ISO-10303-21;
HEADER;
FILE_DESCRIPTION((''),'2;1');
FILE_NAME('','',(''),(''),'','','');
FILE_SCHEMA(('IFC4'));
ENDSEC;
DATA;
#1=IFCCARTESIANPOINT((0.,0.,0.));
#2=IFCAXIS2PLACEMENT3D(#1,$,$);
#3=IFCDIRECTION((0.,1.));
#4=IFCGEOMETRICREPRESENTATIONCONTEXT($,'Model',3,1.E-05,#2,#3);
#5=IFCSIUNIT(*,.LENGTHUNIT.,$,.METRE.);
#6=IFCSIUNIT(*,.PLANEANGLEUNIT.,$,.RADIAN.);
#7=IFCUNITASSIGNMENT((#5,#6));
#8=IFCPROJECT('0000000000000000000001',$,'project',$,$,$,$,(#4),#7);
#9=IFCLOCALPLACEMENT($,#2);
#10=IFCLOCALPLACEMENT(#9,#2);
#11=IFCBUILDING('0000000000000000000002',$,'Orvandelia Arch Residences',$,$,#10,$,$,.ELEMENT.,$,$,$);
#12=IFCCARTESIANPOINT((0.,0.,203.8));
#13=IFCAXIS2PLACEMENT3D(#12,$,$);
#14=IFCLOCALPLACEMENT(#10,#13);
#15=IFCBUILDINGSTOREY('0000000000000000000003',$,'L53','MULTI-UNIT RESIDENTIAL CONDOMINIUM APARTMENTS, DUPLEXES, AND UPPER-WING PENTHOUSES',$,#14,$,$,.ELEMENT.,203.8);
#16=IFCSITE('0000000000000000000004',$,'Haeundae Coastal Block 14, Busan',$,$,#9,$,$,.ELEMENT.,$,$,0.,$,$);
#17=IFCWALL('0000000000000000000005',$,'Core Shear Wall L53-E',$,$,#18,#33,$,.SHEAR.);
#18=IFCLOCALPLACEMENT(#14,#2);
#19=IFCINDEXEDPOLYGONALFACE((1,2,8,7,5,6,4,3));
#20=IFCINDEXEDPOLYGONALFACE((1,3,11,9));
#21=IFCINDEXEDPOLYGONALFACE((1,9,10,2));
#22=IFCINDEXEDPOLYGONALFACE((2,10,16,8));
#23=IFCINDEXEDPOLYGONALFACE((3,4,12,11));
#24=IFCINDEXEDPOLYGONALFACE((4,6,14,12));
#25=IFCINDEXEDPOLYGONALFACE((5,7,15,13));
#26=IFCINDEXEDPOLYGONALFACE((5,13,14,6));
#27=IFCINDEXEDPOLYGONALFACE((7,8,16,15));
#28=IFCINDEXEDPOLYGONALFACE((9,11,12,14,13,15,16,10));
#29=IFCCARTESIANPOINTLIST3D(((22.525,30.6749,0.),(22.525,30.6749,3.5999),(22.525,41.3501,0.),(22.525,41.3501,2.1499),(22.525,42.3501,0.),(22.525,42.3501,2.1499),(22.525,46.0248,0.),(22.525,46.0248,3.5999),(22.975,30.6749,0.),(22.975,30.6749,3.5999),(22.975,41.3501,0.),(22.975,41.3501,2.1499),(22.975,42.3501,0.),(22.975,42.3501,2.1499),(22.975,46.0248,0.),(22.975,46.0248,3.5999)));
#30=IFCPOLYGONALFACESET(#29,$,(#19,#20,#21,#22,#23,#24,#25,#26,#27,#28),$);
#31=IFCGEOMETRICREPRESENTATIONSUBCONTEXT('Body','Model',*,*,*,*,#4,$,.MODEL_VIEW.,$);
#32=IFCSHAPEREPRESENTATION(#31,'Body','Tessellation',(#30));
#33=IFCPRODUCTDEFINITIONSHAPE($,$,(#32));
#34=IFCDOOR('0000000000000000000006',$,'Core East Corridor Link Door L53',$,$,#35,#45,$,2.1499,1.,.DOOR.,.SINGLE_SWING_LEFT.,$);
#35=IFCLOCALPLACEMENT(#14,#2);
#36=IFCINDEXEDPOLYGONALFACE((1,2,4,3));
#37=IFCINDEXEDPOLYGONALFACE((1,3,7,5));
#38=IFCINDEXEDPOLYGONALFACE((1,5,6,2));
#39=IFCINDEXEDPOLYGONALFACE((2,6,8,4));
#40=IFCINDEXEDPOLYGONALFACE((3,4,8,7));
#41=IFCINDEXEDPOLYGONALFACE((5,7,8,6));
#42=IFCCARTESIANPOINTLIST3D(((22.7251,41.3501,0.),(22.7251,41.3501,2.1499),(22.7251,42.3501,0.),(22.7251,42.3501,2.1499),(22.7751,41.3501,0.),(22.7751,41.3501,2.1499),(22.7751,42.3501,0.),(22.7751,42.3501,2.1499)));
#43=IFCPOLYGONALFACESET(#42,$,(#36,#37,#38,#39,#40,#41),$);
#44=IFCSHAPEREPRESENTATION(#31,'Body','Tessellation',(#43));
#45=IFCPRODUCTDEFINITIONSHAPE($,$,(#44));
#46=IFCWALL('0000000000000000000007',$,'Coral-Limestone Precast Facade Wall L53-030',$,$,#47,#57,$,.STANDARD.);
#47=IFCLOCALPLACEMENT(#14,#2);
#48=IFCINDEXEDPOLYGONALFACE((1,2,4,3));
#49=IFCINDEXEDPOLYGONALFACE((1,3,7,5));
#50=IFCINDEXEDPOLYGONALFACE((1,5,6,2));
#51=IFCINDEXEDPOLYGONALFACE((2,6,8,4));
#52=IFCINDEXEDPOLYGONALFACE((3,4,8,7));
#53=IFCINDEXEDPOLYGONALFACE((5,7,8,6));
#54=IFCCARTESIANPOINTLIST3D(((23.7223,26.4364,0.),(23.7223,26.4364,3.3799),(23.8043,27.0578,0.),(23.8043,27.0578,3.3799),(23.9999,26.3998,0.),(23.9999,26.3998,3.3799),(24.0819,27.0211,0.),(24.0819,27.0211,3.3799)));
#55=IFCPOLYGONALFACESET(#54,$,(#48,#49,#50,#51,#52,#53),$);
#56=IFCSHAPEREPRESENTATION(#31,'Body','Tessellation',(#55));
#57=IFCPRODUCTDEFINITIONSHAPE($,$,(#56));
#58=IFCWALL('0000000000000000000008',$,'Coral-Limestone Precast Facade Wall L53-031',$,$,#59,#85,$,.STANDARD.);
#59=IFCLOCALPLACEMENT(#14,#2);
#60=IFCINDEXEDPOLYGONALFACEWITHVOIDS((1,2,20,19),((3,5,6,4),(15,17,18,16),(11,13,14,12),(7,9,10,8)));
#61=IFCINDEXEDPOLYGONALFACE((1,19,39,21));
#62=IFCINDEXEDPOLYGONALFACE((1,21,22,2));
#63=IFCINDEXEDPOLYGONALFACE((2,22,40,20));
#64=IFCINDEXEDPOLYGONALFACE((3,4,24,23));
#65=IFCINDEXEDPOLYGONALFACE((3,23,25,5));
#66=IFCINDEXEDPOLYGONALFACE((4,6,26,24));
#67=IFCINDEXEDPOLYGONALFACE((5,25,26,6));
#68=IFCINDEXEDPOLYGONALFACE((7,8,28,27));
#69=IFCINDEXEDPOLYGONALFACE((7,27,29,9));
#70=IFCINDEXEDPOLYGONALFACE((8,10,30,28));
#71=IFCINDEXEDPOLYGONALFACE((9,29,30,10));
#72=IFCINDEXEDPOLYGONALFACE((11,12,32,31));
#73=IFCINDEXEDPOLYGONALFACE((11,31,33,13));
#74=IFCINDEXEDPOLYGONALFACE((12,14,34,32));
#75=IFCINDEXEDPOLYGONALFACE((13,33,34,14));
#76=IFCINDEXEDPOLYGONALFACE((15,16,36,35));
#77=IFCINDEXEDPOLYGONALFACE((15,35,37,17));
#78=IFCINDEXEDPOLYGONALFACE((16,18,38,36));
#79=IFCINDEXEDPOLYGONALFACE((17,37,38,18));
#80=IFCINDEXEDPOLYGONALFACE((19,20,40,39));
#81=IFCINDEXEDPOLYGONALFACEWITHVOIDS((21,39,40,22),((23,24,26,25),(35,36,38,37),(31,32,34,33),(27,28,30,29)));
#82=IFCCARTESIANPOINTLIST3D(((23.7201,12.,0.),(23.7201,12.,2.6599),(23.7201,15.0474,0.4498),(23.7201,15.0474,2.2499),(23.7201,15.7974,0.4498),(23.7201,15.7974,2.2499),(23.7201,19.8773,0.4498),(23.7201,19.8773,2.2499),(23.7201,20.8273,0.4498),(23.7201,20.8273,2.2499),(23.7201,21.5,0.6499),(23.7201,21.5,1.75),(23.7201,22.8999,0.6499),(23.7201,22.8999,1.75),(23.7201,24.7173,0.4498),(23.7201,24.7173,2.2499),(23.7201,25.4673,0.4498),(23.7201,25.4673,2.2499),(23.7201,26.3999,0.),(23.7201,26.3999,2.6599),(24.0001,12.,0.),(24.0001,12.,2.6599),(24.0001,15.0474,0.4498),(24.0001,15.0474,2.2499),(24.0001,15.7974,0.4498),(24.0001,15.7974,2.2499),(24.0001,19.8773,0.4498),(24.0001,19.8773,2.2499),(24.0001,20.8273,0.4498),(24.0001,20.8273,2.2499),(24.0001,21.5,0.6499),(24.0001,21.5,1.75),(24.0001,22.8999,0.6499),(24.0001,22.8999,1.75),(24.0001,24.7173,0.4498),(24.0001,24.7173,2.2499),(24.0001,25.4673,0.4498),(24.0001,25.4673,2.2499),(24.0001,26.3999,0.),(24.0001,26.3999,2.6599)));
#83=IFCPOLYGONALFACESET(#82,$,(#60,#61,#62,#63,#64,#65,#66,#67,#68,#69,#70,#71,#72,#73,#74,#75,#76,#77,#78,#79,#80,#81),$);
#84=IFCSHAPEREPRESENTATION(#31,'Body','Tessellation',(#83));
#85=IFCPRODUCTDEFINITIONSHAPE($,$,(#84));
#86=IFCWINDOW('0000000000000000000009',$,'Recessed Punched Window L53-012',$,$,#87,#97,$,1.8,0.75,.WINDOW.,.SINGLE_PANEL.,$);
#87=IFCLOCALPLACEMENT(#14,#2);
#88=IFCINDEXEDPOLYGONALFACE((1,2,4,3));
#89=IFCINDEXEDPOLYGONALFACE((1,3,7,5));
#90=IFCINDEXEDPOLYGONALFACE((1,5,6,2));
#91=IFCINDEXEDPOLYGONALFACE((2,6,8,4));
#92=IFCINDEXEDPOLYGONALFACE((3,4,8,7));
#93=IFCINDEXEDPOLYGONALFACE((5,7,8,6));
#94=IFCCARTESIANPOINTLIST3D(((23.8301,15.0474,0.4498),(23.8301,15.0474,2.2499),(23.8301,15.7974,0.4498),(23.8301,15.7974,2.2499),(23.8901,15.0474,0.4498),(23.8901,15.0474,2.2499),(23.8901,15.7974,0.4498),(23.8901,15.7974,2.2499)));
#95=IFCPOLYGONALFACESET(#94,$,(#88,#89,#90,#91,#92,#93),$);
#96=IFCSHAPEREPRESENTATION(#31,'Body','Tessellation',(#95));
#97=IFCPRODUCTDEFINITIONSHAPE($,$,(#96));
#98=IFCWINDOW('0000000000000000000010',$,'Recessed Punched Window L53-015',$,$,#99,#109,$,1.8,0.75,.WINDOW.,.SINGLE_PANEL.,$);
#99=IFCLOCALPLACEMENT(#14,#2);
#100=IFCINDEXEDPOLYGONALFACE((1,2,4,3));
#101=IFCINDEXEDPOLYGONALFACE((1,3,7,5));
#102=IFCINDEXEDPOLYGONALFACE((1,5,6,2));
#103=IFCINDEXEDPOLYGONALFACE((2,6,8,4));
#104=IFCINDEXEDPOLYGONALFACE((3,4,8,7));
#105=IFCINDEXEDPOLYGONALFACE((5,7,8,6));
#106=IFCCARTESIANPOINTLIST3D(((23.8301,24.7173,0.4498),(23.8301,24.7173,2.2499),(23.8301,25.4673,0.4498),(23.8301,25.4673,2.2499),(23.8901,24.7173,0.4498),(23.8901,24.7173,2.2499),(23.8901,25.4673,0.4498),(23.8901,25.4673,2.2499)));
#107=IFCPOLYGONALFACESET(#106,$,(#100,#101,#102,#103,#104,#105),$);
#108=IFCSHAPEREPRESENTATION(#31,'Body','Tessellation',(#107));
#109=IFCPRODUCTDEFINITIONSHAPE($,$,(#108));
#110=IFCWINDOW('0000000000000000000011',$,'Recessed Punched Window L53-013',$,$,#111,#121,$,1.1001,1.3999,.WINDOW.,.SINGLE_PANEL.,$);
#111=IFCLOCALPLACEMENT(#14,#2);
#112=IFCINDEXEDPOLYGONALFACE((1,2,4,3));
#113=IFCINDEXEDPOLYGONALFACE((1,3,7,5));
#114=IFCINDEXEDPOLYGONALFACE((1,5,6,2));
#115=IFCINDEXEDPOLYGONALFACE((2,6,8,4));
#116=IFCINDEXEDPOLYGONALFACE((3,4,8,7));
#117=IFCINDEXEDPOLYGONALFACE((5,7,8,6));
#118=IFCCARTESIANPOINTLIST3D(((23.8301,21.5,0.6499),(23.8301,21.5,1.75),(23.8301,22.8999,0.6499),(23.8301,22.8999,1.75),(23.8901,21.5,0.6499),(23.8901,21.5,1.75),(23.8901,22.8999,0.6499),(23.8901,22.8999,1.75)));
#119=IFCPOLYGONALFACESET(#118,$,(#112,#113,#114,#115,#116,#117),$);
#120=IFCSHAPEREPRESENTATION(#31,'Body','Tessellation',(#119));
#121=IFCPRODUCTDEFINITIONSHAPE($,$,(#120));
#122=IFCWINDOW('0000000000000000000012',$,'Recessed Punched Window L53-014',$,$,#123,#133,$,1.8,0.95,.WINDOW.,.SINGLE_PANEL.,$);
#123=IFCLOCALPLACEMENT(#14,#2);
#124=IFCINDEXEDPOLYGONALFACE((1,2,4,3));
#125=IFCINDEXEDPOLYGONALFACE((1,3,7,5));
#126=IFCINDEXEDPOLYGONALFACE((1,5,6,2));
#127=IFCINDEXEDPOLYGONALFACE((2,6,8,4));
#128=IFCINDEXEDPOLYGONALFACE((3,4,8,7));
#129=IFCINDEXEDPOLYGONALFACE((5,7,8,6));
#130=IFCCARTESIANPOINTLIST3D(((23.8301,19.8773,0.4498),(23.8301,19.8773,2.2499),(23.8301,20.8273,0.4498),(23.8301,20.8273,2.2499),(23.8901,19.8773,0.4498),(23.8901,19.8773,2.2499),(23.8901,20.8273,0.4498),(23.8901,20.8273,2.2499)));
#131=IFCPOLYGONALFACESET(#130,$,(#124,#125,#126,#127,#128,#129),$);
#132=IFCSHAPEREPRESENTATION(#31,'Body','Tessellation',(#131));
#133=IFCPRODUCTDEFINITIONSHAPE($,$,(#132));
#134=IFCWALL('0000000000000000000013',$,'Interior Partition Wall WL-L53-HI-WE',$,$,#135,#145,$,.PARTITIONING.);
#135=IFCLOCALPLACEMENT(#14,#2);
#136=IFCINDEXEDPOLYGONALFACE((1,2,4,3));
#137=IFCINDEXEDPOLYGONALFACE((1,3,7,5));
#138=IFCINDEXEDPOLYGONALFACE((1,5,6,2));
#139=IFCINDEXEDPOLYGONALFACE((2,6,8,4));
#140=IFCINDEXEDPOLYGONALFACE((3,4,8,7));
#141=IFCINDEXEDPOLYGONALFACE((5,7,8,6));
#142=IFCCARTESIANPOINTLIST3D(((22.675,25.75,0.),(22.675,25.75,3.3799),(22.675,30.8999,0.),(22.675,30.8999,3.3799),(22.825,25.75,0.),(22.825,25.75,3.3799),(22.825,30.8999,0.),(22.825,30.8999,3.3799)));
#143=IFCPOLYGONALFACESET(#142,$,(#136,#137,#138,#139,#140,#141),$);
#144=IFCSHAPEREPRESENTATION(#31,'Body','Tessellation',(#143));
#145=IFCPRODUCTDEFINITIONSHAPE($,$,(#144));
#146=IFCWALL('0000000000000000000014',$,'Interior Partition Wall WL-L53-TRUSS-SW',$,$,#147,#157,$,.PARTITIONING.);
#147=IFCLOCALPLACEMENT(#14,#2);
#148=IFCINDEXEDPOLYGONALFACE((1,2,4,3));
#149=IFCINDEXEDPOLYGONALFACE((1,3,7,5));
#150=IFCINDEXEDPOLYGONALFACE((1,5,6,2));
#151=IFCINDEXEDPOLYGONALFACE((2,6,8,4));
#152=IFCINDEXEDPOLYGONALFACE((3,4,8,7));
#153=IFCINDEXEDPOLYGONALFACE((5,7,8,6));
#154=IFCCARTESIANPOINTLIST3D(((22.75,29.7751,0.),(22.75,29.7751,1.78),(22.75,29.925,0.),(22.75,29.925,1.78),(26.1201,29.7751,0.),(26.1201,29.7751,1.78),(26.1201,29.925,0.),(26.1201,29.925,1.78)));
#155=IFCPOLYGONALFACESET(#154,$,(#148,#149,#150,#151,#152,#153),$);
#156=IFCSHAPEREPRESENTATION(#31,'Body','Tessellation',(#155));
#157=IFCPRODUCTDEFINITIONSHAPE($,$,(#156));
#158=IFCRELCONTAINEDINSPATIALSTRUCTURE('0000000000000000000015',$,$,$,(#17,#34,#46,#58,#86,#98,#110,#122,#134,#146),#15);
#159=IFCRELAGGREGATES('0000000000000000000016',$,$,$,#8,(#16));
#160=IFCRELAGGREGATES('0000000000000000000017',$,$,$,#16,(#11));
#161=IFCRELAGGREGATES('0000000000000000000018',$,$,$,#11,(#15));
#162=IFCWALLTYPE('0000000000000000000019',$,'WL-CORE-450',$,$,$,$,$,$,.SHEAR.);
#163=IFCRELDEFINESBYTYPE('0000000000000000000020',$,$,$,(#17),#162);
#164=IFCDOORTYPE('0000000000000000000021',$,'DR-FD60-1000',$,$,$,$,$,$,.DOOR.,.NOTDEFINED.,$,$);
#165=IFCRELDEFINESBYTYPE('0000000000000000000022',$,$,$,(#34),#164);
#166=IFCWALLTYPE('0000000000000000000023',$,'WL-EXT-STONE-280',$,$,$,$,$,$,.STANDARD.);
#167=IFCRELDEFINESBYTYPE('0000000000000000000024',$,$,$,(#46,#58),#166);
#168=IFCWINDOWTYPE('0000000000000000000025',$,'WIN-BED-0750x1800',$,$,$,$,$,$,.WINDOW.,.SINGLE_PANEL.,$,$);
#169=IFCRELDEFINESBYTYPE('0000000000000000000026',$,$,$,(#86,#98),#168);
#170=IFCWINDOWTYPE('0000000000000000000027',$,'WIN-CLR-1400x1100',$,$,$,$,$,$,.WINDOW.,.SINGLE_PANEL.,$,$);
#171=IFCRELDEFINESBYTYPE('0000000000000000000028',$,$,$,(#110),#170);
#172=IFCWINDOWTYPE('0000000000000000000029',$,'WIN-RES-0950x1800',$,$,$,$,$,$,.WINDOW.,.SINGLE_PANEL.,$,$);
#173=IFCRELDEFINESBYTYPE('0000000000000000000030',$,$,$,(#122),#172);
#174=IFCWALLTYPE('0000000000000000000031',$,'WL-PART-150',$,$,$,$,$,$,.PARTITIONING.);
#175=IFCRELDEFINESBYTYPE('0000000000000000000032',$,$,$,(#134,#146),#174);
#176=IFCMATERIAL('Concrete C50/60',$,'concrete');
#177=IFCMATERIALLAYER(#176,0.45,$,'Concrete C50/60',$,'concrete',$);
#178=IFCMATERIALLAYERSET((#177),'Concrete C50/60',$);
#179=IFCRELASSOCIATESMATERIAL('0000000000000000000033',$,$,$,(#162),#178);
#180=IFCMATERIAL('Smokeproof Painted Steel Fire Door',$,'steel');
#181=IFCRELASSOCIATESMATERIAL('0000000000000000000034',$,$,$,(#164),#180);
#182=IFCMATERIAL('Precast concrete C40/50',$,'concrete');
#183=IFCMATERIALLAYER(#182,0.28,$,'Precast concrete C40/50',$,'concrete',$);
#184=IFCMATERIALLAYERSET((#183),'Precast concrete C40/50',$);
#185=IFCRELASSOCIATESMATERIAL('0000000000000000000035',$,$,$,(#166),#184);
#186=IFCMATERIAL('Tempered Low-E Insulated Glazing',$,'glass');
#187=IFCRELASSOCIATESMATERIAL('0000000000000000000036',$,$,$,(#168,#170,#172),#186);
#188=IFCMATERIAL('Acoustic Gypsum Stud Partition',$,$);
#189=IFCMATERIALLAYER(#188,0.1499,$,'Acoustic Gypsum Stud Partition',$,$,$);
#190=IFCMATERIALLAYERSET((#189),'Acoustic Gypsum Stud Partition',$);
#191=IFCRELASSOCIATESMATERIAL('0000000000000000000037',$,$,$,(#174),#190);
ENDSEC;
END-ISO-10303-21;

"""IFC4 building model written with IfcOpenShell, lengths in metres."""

from ifc_helpers import new_model, si_unit, direction, frame, frame_2d, origin, place, context, subcontext, project, spatial, rectangle, extrude, material, layer, layer_set, type_object, element, fill, save


model = new_model("IFC4")

# Units and contexts
model_context = context("Model", 3, precision=1e-05, world=origin(), true_north=direction((0.0, 1.0)))
body_context = subcontext(model_context, "Body", "Model", "MODEL_VIEW")
ifc_project = project(units=[si_unit("LENGTHUNIT", "METRE"), si_unit("PLANEANGLEUNIT", "RADIAN")], contexts=[model_context])

# Site, building, storey
site_placement = place(None, origin())
site = spatial("IfcSite", under=ifc_project, at=site_placement, Name="Haeundae Coastal Block 14, Busan", CompositionType="ELEMENT", RefElevation=0.0)
building_placement = place(site_placement, origin())
building = spatial("IfcBuilding", under=site, at=building_placement, Name="Orvandelia Arch Residences", CompositionType="ELEMENT")
storey_placement = place(building_placement, frame((0.0, 0.0, 203.8)))
storey = spatial("IfcBuildingStorey", under=building, at=storey_placement, Name="L53", Description="MULTI-UNIT RESIDENTIAL CONDOMINIUM APARTMENTS, DUPLEXES, AND UPPER-WING PENTHOUSES", CompositionType="ELEMENT", Elevation=203.8)

# Wall, opening, door
ifc_material_1 = material(Name="Concrete C50/60", Category="concrete")
ifc_layer_1 = layer(ifc_material_1, 0.45, Name="Concrete C50/60", Category="concrete")
ifc_layer_set_1 = layer_set([ifc_layer_1], Name="Concrete C50/60")
wall_type_1 = type_object("IfcWallType", Name="WL-CORE-450", PredefinedType="SHEAR", material=ifc_layer_set_1)
wall_1_placement = place(storey_placement, frame((22.75, 30.675, 0.0), z_axis=(0.0, 0.0, 1.0), x_axis=(0.0, 1.0, 0.0)))
wall_1 = element("IfcWall", 1, at=wall_1_placement, inside=storey, type_object=wall_type_1, Name="Core Shear Wall L53-E", PredefinedType="SHEAR", context=body_context, shape_type="SweptSolid", body=[
    extrude(rectangle(XDim=15.3499, YDim=0.45, at=frame_2d((7.6748, 0.0))), origin(), (0.0, 0.0, 1.0), 3.5999),
])
opening_1_placement = place(wall_1_placement, frame((10.675, 0.0, 0.0)))
opening_1 = element("IfcOpeningElement", 2, at=opening_1_placement, cuts=wall_1, PredefinedType="OPENING", context=body_context, shape_type="SweptSolid", body=[
    extrude(rectangle(XDim=1.0, YDim=2.1499, at=frame_2d((0.5, 1.075))), frame((0.0, 0.2349, 0.0), z_axis=(0.0, -1.0, 0.0), x_axis=(1.0, 0.0, 0.0)), (0.0, 0.0, 1.0), 0.47),
])
ifc_material_2 = material(Name="Smokeproof Painted Steel Fire Door", Category="steel")
door_type = type_object("IfcDoorType", Name="DR-FD60-1000", OperationType="NOTDEFINED", PredefinedType="DOOR", material=ifc_material_2)
door_placement = place(opening_1_placement, origin())
door = element("IfcDoor", 3, at=door_placement, inside=storey, type_object=door_type, Name="Core East Corridor Link Door L53", OperationType="SINGLE_SWING_LEFT", OverallHeight=2.1499, OverallWidth=1.0, PredefinedType="DOOR", context=body_context, shape_type="SweptSolid", body=[
    extrude(rectangle(XDim=1.0, YDim=2.1499, at=frame_2d((0.5, 1.075))), frame((0.0, 0.0249, 0.0), z_axis=(0.0, -1.0, 0.0), x_axis=(1.0, 0.0, 0.0)), (0.0, 0.0, 1.0), 0.05),
])
fill(opening_1, door)

# Wall
ifc_material_3 = material(Name="Precast concrete C40/50", Category="concrete")
ifc_layer_2 = layer(ifc_material_3, 0.28, Name="Precast concrete C40/50", Category="concrete")
ifc_layer_set_2 = layer_set([ifc_layer_2], Name="Precast concrete C40/50")
wall_type_2 = type_object("IfcWallType", Name="WL-EXT-STONE-280", PredefinedType="STANDARD", material=ifc_layer_set_2)
wall_2_placement = place(storey_placement, frame((23.9431, 27.0396, 0.0), z_axis=(0.0, 0.0, 1.0), x_axis=(-0.130888, -0.991397, 0.0)))
element("IfcWall", 4, at=wall_2_placement, inside=storey, type_object=wall_type_2, Name="Coral-Limestone Precast Facade Wall L53-030", PredefinedType="STANDARD", context=body_context, shape_type="SweptSolid", body=[
    extrude(rectangle(XDim=0.6267, YDim=0.28, at=frame_2d((0.3135, 0.0))), origin(), (0.0, 0.0, 1.0), 3.3799),
])

# Wall, openings, windows
wall_3_placement = place(storey_placement, frame((23.8601, 26.3999, 0.0), z_axis=(0.0, 0.0, 1.0), x_axis=(0.0, -1.0, 0.0)))
wall_3 = element("IfcWall", 5, at=wall_3_placement, inside=storey, type_object=wall_type_2, Name="Coral-Limestone Precast Facade Wall L53-031", PredefinedType="STANDARD", context=body_context, shape_type="SweptSolid", body=[
    extrude(rectangle(XDim=14.3999, YDim=0.28, at=frame_2d((7.2, 0.0))), origin(), (0.0, 0.0, 1.0), 2.6599),
])
opening_2_placement = place(wall_3_placement, frame((10.6025, 0.0, 0.45)))
opening_2 = element("IfcOpeningElement", 6, at=opening_2_placement, cuts=wall_3, PredefinedType="OPENING", context=body_context, shape_type="SweptSolid", body=[
    extrude(rectangle(XDim=0.75, YDim=1.8, at=frame_2d((0.375, 0.8999))), frame((0.0, 0.1499, 0.0), z_axis=(0.0, -1.0, 0.0), x_axis=(1.0, 0.0, 0.0)), (0.0, 0.0, 1.0), 0.3),
])
opening_3_placement = place(wall_3_placement, frame((3.5, 0.0, 0.6499)))
opening_3 = element("IfcOpeningElement", 7, at=opening_3_placement, cuts=wall_3, PredefinedType="OPENING", context=body_context, shape_type="SweptSolid", body=[
    extrude(rectangle(XDim=1.3999, YDim=1.1001, at=frame_2d((0.7, 0.55))), frame((0.0, 0.1499, 0.0), z_axis=(0.0, -1.0, 0.0), x_axis=(1.0, 0.0, 0.0)), (0.0, 0.0, 1.0), 0.3),
])
opening_4_placement = place(wall_3_placement, frame((5.5725, 0.0, 0.45)))
opening_4 = element("IfcOpeningElement", 8, at=opening_4_placement, cuts=wall_3, PredefinedType="OPENING", context=body_context, shape_type="SweptSolid", body=[
    extrude(rectangle(XDim=0.95, YDim=1.8, at=frame_2d((0.4751, 0.8999))), frame((0.0, 0.1499, 0.0), z_axis=(0.0, -1.0, 0.0), x_axis=(1.0, 0.0, 0.0)), (0.0, 0.0, 1.0), 0.3),
])
opening_5_placement = place(wall_3_placement, frame((0.9326, 0.0, 0.45)))
opening_5 = element("IfcOpeningElement", 9, at=opening_5_placement, cuts=wall_3, PredefinedType="OPENING", context=body_context, shape_type="SweptSolid", body=[
    extrude(rectangle(XDim=0.75, YDim=1.8, at=frame_2d((0.375, 0.8999))), frame((0.0, 0.1499, 0.0), z_axis=(0.0, -1.0, 0.0), x_axis=(1.0, 0.0, 0.0)), (0.0, 0.0, 1.0), 0.3),
])
ifc_material_4 = material(Name="Tempered Low-E Insulated Glazing", Category="glass")
window_type_1 = type_object("IfcWindowType", Name="WIN-BED-0750x1800", PartitioningType="SINGLE_PANEL", PredefinedType="WINDOW", material=ifc_material_4)
window_1_placement = place(opening_2_placement, origin())
window_1 = element("IfcWindow", 10, at=window_1_placement, inside=storey, type_object=window_type_1, Name="Recessed Punched Window L53-012", OverallHeight=1.8, OverallWidth=0.75, PartitioningType="SINGLE_PANEL", PredefinedType="WINDOW", context=body_context, shape_type="SweptSolid", body=[
    extrude(rectangle(XDim=0.75, YDim=1.8, at=frame_2d((0.375, 0.8999))), frame((0.0, 0.03, 0.0), z_axis=(0.0, -1.0, 0.0), x_axis=(1.0, 0.0, 0.0)), (0.0, 0.0, 1.0), 0.0601),
])
fill(opening_2, window_1)
window_2_placement = place(opening_5_placement, origin())
window_2 = element("IfcWindow", 11, at=window_2_placement, inside=storey, type_object=window_type_1, Name="Recessed Punched Window L53-015", OverallHeight=1.8, OverallWidth=0.75, PartitioningType="SINGLE_PANEL", PredefinedType="WINDOW", context=body_context, shape_type="SweptSolid", body=[
    extrude(rectangle(XDim=0.75, YDim=1.8, at=frame_2d((0.375, 0.8999))), frame((0.0, 0.03, 0.0), z_axis=(0.0, -1.0, 0.0), x_axis=(1.0, 0.0, 0.0)), (0.0, 0.0, 1.0), 0.0601),
])
fill(opening_5, window_2)
window_type_2 = type_object("IfcWindowType", Name="WIN-CLR-1400x1100", PartitioningType="SINGLE_PANEL", PredefinedType="WINDOW", material=ifc_material_4)
window_3_placement = place(opening_3_placement, origin())
window_3 = element("IfcWindow", 12, at=window_3_placement, inside=storey, type_object=window_type_2, Name="Recessed Punched Window L53-013", OverallHeight=1.1001, OverallWidth=1.3999, PartitioningType="SINGLE_PANEL", PredefinedType="WINDOW", context=body_context, shape_type="SweptSolid", body=[
    extrude(rectangle(XDim=1.3999, YDim=1.1001, at=frame_2d((0.7, 0.55))), frame((0.0, 0.03, 0.0), z_axis=(0.0, -1.0, 0.0), x_axis=(1.0, 0.0, 0.0)), (0.0, 0.0, 1.0), 0.0601),
])
fill(opening_3, window_3)
window_type_3 = type_object("IfcWindowType", Name="WIN-RES-0950x1800", PartitioningType="SINGLE_PANEL", PredefinedType="WINDOW", material=ifc_material_4)
window_4_placement = place(opening_4_placement, origin())
window_4 = element("IfcWindow", 13, at=window_4_placement, inside=storey, type_object=window_type_3, Name="Recessed Punched Window L53-014", OverallHeight=1.8, OverallWidth=0.95, PartitioningType="SINGLE_PANEL", PredefinedType="WINDOW", context=body_context, shape_type="SweptSolid", body=[
    extrude(rectangle(XDim=0.95, YDim=1.8, at=frame_2d((0.4751, 0.8999))), frame((0.0, 0.03, 0.0), z_axis=(0.0, -1.0, 0.0), x_axis=(1.0, 0.0, 0.0)), (0.0, 0.0, 1.0), 0.0601),
])
fill(opening_4, window_4)

# Walls
ifc_material_5 = material(Name="Acoustic Gypsum Stud Partition")
ifc_layer_3 = layer(ifc_material_5, 0.1499, Name="Acoustic Gypsum Stud Partition")
ifc_layer_set_3 = layer_set([ifc_layer_3], Name="Acoustic Gypsum Stud Partition")
wall_type_3 = type_object("IfcWallType", Name="WL-PART-150", PredefinedType="PARTITIONING", material=ifc_layer_set_3)
wall_4_placement = place(storey_placement, frame((22.75, 25.75, 0.0), z_axis=(0.0, 0.0, 1.0), x_axis=(0.0, 1.0, 0.0)))
element("IfcWall", 14, at=wall_4_placement, inside=storey, type_object=wall_type_3, Name="Interior Partition Wall WL-L53-HI-WE", PredefinedType="PARTITIONING", context=body_context, shape_type="SweptSolid", body=[
    extrude(rectangle(XDim=5.1499, YDim=0.1499, at=frame_2d((2.575, 0.0))), origin(), (0.0, 0.0, 1.0), 3.3799),
])
wall_5_placement = place(storey_placement, frame((22.75, 29.8501, 0.0), z_axis=(0.0, 0.0, 1.0), x_axis=(1.0, 0.0, 0.0)))
element("IfcWall", 15, at=wall_5_placement, inside=storey, type_object=wall_type_3, Name="Interior Partition Wall WL-L53-TRUSS-SW", PredefinedType="PARTITIONING", context=body_context, shape_type="SweptSolid", body=[
    extrude(rectangle(XDim=3.3701, YDim=0.1499, at=frame_2d((1.6851, 0.0))), origin(), (0.0, 0.0, 1.0), 1.78),
])

save(model, "model.ifc")
